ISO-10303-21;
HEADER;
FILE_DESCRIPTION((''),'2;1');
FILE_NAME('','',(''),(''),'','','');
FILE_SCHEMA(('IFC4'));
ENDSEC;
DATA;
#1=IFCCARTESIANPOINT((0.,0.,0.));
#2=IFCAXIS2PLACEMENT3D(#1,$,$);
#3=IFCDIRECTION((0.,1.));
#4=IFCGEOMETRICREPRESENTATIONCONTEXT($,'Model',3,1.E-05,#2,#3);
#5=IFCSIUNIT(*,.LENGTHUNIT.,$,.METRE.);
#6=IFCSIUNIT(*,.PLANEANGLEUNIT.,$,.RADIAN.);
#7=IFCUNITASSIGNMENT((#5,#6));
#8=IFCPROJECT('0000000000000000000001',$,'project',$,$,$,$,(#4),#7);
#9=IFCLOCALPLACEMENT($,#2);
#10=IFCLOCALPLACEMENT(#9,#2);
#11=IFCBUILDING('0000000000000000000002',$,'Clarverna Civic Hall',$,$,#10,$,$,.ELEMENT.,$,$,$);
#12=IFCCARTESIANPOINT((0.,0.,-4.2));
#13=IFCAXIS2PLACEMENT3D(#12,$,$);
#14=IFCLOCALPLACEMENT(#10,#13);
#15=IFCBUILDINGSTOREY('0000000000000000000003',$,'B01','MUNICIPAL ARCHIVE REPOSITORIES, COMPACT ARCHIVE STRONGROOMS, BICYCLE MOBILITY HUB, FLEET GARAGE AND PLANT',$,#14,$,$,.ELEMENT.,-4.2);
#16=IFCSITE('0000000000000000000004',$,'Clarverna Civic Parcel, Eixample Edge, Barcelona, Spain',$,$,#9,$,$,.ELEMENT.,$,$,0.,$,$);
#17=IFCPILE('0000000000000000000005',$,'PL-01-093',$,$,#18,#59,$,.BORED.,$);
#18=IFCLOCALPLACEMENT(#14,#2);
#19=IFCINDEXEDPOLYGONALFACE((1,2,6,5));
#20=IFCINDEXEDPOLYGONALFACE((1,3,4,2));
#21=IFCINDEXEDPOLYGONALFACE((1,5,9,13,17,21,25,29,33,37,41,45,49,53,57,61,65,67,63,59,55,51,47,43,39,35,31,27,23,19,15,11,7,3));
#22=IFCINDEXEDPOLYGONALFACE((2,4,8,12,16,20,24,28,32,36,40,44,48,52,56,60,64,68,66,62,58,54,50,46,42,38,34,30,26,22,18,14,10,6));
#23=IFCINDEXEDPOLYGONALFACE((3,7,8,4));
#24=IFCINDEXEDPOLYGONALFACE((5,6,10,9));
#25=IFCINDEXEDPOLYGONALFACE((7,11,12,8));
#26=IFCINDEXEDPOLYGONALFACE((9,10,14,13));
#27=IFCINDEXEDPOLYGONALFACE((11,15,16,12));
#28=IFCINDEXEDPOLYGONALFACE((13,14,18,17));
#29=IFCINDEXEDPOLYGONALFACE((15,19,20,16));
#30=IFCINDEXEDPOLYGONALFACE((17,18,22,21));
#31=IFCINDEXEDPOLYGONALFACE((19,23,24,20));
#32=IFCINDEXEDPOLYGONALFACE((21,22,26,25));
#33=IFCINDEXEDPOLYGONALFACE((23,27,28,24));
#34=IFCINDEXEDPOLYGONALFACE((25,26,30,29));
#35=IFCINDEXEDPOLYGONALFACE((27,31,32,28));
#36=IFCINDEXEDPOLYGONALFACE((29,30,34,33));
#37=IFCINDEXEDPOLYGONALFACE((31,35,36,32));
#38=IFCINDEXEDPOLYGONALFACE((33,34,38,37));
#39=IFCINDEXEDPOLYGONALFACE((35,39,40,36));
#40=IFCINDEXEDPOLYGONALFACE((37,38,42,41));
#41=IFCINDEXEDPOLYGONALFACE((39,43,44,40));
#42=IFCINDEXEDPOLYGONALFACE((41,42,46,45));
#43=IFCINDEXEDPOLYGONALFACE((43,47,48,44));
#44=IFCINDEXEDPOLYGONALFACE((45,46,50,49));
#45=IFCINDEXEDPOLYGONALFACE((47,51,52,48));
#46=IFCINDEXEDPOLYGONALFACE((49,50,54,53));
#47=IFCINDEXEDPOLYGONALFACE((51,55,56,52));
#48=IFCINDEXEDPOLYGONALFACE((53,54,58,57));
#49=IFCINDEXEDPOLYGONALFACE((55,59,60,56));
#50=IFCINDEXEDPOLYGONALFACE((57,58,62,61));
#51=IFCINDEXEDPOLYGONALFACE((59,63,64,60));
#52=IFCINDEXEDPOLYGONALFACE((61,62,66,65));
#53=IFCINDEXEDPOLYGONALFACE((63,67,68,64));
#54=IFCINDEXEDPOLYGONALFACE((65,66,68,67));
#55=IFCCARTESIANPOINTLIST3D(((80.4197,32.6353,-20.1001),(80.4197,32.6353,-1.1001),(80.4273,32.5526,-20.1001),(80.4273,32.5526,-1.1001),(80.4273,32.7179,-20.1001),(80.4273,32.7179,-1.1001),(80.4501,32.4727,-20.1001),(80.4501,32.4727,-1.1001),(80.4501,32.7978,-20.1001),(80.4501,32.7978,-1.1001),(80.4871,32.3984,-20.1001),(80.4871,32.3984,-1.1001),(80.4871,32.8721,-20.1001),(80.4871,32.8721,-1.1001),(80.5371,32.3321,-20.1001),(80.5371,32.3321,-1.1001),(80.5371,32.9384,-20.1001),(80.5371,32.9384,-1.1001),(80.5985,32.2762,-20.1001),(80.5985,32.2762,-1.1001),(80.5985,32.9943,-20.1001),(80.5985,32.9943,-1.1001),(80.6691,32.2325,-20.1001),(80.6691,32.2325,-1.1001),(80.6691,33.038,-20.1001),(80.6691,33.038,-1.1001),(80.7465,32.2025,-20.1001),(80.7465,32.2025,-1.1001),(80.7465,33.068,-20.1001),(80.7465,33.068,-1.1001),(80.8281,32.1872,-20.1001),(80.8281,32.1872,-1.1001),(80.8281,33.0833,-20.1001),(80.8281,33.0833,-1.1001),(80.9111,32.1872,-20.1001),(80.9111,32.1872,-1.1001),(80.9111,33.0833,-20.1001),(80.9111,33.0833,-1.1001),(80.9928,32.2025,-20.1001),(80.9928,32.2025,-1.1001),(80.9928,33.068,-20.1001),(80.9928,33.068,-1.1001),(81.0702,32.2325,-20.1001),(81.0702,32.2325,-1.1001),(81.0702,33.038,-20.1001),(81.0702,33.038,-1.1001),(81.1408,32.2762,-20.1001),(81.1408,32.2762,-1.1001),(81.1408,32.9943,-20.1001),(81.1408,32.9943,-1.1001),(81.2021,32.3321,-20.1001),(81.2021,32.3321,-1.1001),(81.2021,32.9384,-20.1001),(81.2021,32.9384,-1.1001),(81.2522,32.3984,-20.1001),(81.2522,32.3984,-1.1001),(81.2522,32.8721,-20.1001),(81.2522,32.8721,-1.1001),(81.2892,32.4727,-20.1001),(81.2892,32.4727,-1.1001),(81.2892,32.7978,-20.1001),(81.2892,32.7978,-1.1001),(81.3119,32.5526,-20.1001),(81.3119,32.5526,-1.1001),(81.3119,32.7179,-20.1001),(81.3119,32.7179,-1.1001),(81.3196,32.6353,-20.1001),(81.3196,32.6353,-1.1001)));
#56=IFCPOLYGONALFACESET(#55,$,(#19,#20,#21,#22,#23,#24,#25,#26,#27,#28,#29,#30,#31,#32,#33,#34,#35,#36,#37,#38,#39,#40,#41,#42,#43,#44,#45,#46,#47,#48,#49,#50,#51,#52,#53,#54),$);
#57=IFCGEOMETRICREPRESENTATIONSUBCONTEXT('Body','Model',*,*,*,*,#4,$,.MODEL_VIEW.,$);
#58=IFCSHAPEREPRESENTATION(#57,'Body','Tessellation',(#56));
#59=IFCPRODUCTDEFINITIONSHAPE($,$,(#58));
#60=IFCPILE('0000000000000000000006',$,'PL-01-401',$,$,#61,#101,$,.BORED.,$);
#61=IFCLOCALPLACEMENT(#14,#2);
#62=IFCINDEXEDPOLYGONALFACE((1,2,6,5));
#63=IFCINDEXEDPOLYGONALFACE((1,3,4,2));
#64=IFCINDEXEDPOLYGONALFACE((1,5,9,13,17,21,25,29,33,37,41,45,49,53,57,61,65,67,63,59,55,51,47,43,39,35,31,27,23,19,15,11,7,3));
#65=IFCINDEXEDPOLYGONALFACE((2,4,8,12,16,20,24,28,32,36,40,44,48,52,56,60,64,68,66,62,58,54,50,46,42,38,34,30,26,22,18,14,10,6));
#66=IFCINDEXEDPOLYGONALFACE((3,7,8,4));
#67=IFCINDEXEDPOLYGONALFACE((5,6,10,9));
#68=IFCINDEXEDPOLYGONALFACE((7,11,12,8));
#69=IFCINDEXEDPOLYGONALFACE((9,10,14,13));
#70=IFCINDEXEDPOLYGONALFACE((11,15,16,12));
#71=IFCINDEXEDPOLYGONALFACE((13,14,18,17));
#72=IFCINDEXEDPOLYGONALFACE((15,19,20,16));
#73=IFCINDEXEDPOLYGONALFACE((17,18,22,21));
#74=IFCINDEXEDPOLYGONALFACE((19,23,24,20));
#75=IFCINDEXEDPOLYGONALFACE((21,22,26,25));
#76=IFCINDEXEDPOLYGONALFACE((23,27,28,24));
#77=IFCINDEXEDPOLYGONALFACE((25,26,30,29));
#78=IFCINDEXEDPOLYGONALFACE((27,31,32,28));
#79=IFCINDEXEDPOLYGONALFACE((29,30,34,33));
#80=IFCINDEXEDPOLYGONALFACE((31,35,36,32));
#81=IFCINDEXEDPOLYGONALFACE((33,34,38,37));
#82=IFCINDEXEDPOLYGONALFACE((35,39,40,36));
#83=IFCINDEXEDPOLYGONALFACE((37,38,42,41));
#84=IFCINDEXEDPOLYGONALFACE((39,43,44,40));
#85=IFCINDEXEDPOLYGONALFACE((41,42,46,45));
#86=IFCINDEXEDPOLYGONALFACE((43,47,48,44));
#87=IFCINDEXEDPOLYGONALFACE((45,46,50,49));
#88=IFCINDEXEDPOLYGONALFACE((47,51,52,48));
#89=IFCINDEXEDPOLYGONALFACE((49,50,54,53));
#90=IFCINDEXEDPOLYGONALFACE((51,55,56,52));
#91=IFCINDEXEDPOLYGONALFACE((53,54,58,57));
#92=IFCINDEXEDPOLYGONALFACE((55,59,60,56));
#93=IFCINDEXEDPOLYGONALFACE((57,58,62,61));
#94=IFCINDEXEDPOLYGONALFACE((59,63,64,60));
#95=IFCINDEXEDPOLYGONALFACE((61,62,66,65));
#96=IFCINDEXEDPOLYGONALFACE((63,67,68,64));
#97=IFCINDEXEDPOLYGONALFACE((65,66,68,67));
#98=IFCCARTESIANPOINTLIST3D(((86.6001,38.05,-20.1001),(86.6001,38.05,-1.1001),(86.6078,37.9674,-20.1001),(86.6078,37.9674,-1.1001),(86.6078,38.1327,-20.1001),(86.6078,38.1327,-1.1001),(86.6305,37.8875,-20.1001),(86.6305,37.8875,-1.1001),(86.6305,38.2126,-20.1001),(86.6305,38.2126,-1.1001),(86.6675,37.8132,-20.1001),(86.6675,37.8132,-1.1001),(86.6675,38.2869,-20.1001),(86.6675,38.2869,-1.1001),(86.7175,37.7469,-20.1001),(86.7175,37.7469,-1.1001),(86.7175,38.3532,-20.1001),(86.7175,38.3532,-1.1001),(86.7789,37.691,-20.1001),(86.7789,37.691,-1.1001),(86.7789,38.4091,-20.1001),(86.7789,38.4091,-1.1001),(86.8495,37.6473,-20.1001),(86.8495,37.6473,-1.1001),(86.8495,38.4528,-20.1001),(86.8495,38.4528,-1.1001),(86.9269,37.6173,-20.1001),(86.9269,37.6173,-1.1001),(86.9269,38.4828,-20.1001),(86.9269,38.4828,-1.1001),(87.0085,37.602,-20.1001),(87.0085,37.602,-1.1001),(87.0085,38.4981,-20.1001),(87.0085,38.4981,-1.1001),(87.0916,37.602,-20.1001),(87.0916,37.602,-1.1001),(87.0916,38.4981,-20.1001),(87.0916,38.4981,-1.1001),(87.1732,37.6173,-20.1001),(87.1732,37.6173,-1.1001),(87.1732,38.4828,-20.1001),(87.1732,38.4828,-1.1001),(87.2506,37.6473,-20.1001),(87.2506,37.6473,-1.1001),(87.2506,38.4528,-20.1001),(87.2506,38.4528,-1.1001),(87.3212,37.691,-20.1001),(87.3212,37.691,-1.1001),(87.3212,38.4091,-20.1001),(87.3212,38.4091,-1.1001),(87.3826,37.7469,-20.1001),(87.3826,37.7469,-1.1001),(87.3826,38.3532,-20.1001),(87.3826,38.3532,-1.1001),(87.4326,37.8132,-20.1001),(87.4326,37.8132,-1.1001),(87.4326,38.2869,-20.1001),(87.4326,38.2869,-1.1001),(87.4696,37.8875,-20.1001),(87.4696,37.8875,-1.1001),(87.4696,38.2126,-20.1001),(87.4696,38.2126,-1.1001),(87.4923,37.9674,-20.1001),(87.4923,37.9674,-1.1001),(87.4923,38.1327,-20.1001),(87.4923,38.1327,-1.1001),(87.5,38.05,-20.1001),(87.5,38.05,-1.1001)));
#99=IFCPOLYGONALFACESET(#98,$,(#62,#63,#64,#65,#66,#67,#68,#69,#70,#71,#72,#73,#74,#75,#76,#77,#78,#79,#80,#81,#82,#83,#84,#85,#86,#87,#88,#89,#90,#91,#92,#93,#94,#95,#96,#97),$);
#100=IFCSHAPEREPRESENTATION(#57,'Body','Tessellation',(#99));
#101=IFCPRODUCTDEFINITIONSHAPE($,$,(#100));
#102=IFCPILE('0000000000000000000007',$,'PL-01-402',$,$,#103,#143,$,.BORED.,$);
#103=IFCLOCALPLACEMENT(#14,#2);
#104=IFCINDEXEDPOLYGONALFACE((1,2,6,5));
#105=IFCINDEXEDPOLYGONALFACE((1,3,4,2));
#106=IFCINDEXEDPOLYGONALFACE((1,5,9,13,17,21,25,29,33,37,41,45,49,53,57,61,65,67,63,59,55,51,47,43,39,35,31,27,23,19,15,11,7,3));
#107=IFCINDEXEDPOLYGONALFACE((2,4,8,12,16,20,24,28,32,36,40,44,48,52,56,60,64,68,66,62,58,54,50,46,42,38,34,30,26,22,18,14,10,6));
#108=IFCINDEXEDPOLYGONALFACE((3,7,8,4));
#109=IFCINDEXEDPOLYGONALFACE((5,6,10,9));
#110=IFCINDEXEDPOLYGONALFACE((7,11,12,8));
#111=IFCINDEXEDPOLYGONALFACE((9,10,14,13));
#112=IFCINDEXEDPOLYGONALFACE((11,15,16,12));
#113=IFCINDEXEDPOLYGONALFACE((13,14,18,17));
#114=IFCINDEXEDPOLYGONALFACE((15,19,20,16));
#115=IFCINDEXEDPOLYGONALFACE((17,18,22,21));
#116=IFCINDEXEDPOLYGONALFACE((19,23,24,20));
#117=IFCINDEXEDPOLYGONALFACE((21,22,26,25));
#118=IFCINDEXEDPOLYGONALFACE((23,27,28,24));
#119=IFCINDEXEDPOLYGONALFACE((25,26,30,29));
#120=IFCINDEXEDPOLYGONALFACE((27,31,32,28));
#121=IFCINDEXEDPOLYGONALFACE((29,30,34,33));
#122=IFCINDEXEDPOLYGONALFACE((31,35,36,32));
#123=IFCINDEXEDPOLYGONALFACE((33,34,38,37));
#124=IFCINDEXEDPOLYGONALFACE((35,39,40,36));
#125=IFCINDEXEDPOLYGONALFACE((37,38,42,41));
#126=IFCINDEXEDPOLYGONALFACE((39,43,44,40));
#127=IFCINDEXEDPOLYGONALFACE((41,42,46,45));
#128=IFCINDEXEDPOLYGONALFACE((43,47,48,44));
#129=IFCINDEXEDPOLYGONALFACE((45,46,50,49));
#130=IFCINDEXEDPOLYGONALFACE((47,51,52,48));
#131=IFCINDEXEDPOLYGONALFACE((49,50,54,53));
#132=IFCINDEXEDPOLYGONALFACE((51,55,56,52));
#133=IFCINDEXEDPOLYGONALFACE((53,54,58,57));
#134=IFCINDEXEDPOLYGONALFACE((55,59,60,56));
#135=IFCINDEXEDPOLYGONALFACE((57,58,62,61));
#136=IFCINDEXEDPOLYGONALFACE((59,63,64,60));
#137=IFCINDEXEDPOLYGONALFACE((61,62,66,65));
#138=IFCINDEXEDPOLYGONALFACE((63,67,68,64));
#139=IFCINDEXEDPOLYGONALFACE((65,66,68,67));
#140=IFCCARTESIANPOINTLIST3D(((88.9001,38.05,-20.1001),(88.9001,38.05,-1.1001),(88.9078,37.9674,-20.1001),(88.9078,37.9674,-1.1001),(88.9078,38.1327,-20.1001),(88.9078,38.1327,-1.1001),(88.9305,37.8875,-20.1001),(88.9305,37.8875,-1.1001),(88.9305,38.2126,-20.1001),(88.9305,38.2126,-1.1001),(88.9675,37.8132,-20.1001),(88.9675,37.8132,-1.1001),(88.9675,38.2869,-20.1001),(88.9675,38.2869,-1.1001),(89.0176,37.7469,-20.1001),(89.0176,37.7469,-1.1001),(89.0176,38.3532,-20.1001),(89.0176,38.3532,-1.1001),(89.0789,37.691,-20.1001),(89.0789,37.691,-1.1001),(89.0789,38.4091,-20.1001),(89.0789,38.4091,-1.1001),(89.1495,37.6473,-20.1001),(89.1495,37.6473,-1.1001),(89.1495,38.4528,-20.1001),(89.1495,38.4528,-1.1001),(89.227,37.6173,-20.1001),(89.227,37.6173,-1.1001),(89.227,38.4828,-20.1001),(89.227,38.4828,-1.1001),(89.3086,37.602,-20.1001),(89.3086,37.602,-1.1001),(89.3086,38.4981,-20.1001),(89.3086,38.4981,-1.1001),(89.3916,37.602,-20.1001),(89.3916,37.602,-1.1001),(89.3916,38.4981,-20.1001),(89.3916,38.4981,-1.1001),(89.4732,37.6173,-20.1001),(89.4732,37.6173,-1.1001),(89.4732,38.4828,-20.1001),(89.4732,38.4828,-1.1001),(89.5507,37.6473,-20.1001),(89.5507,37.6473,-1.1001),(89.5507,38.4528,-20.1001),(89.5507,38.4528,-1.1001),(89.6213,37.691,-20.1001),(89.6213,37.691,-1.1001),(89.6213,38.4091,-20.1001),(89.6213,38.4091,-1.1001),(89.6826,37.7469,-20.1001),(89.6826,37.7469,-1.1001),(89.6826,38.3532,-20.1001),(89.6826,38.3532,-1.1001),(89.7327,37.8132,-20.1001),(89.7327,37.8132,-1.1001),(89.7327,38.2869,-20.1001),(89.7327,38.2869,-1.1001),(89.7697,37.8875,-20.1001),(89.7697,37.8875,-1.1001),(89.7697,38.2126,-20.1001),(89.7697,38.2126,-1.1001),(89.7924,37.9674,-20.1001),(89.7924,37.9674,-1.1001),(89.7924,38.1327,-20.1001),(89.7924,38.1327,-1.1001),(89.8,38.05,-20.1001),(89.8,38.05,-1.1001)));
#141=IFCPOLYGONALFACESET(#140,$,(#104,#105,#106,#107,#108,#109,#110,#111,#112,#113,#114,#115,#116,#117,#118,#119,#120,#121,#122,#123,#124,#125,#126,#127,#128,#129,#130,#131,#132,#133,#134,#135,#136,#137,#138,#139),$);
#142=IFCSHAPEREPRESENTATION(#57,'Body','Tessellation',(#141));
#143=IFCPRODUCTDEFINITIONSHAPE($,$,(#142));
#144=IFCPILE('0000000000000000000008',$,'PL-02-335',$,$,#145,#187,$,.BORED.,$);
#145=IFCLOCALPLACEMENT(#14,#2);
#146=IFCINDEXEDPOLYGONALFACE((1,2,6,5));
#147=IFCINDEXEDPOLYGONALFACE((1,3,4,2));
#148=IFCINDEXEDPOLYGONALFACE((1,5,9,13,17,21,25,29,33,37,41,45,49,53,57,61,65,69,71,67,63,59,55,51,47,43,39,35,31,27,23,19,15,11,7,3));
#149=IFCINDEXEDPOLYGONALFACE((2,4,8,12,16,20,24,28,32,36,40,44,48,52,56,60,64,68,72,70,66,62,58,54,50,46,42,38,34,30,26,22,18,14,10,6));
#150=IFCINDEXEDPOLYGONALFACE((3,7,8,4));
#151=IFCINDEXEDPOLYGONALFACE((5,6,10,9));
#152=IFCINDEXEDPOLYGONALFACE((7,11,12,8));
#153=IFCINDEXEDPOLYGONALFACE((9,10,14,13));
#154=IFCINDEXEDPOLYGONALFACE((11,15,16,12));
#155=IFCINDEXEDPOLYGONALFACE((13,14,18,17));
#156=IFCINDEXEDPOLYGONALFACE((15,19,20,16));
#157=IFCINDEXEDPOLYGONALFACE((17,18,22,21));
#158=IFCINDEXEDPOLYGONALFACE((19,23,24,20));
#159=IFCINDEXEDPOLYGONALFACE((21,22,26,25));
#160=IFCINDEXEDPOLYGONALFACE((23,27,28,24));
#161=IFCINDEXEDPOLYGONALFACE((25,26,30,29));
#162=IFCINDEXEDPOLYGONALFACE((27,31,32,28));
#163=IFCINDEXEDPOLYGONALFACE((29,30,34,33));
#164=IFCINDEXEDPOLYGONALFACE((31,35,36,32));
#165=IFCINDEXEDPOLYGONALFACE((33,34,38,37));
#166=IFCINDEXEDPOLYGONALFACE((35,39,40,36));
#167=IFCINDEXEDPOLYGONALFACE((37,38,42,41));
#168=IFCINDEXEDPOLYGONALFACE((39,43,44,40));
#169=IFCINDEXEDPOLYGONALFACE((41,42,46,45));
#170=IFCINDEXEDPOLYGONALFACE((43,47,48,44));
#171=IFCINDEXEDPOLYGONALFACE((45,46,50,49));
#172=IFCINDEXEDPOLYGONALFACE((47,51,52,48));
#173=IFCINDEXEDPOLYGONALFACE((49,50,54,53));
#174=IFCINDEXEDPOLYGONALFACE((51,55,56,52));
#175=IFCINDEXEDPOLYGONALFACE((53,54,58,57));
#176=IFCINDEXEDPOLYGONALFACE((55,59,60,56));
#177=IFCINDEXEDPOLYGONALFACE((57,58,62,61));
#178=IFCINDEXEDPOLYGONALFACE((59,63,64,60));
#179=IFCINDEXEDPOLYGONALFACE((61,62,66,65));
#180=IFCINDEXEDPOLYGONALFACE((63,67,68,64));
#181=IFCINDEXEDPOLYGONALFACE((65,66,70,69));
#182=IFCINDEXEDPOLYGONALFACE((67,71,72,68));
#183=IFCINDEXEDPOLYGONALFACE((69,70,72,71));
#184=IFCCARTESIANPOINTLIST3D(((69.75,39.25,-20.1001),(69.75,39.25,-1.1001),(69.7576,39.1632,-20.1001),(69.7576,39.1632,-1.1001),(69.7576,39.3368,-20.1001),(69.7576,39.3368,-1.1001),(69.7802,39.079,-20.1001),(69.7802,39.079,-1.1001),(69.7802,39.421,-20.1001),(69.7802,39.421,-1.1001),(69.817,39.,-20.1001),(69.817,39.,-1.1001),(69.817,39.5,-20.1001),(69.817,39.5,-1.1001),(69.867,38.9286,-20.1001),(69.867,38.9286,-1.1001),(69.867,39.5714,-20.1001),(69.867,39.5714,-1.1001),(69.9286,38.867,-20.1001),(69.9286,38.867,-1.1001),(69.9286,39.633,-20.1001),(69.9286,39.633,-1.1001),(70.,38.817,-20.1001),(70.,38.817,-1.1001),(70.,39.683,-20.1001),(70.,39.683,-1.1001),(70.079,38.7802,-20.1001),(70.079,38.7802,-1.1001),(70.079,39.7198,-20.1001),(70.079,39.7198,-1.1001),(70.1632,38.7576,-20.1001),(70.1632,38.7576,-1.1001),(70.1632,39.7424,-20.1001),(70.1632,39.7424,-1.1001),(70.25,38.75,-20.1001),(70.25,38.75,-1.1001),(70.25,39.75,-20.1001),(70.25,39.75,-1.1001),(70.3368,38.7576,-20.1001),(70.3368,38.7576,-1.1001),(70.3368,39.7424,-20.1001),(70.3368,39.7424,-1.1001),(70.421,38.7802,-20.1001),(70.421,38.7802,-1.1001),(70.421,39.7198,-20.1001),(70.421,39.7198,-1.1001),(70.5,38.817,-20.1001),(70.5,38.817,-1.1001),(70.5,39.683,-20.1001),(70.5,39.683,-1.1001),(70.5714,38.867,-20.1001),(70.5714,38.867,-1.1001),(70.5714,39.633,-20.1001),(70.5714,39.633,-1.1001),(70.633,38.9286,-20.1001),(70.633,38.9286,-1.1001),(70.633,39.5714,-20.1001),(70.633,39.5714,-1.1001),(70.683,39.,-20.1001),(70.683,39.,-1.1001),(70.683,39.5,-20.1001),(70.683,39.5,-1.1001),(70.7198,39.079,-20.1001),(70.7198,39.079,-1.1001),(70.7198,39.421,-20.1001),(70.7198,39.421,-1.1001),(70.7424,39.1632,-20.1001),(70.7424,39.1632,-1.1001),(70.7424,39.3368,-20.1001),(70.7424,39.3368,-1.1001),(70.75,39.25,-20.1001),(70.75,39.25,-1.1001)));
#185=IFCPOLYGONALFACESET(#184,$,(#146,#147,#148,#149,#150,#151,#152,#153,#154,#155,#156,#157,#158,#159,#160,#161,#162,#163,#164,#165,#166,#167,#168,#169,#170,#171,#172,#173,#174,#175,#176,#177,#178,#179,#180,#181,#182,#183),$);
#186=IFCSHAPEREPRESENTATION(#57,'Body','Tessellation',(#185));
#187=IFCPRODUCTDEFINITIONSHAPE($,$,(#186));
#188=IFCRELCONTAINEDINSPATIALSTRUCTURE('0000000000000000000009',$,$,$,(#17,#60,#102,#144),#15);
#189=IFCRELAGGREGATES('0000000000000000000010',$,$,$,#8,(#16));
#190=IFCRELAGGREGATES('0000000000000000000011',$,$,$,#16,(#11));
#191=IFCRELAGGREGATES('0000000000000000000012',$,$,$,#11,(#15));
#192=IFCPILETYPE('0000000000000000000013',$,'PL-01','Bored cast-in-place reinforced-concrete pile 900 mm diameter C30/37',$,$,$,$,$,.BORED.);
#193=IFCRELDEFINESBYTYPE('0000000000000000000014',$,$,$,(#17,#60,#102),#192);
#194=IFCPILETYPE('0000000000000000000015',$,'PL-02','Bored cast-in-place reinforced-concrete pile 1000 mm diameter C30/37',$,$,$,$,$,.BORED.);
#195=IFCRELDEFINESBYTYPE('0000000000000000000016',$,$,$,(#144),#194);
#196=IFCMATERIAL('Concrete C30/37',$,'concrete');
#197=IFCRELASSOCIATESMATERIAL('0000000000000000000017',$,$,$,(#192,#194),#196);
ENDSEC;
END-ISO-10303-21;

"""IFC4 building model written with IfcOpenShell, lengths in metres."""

from ifc_helpers import new_model, si_unit, direction, frame, origin, origin_2d, place, context, subcontext, project, spatial, circle, extrude, material, material_profile, profile_set, type_object, element, save


model = new_model("IFC4")

# Units and contexts
model_context = context("Model", 3, precision=1e-05, world=origin(), true_north=direction((0.0, 1.0)))
body_context = subcontext(model_context, "Body", "Model", "MODEL_VIEW")
ifc_project = project(units=[si_unit("LENGTHUNIT", "METRE"), si_unit("PLANEANGLEUNIT", "RADIAN")], contexts=[model_context])

# Site, building, storey
site_placement = place(None, origin())
site = spatial("IfcSite", under=ifc_project, at=site_placement, Name="Clarverna Civic Parcel, Eixample Edge, Barcelona, Spain", CompositionType="ELEMENT", RefElevation=0.0)
building_placement = place(site_placement, origin())
building = spatial("IfcBuilding", under=site, at=building_placement, Name="Clarverna Civic Hall", CompositionType="ELEMENT")
storey_placement = place(building_placement, frame((0.0, 0.0, -4.2)))
storey = spatial("IfcBuildingStorey", under=building, at=storey_placement, Name="B01", Description="MUNICIPAL ARCHIVE REPOSITORIES, COMPACT ARCHIVE STRONGROOMS, BICYCLE MOBILITY HUB, FLEET GARAGE AND PLANT", CompositionType="ELEMENT", Elevation=-4.2)

# Shared definitions
ifc_material_1 = material(Name="Concrete C30/37", Category="concrete")

# Piles
ifc_material_profile_1 = material_profile(ifc_material_1, circle(Radius=0.45, at=origin_2d()), Name="BORED PILE D900")
ifc_profile_set_1 = profile_set([ifc_material_profile_1], Name="Concrete C30/37")
pile_type_1 = type_object("IfcPileType", Name="PL-01", Description="Bored cast-in-place reinforced-concrete pile 900 mm diameter C30/37", PredefinedType="BORED", material=ifc_profile_set_1)
for number, where, z_axis, x_axis, name in (
    (1, (80.8696, 32.6353, -1.1001), (0.0, 0.0, -1.0), (1.0, 0.0, 0.0), "PL-01-093"),
    (2, (87.05, 38.05, -1.1001), (0.0, 0.0, -1.0), (1.0, 0.0, 0.0), "PL-01-401"),
    (3, (89.3501, 38.05, -1.1001), (0.0, 0.0, -1.0), (1.0, 0.0, 0.0), "PL-01-402"),
):
    element("IfcPile", number, at=place(storey_placement, frame(where, z_axis=z_axis, x_axis=x_axis)), inside=storey, type_object=pile_type_1, Name=name, PredefinedType="BORED", context=body_context, shape_type="SweptSolid", body=[
        extrude(circle(Radius=0.45, at=origin_2d()), origin(), (0.0, 0.0, 1.0), 19.0),
    ])
ifc_material_profile_2 = material_profile(ifc_material_1, circle(Radius=0.5, at=origin_2d()), Name="BORED PILE D1000")
ifc_profile_set_2 = profile_set([ifc_material_profile_2], Name="Concrete C30/37")
pile_type_2 = type_object("IfcPileType", Name="PL-02", Description="Bored cast-in-place reinforced-concrete pile 1000 mm diameter C30/37", PredefinedType="BORED", material=ifc_profile_set_2)
for number, where, z_axis, x_axis, name in (
    (4, (70.25, 39.25, -1.1001), (0.0, 0.0, -1.0), (1.0, 0.0, 0.0), "PL-02-335"),
):
    element("IfcPile", number, at=place(storey_placement, frame(where, z_axis=z_axis, x_axis=x_axis)), inside=storey, type_object=pile_type_2, Name=name, PredefinedType="BORED", context=body_context, shape_type="SweptSolid", body=[
        extrude(circle(Radius=0.5, at=origin_2d()), origin(), (0.0, 0.0, 1.0), 19.0),
    ])

save(model, "model.ifc")
